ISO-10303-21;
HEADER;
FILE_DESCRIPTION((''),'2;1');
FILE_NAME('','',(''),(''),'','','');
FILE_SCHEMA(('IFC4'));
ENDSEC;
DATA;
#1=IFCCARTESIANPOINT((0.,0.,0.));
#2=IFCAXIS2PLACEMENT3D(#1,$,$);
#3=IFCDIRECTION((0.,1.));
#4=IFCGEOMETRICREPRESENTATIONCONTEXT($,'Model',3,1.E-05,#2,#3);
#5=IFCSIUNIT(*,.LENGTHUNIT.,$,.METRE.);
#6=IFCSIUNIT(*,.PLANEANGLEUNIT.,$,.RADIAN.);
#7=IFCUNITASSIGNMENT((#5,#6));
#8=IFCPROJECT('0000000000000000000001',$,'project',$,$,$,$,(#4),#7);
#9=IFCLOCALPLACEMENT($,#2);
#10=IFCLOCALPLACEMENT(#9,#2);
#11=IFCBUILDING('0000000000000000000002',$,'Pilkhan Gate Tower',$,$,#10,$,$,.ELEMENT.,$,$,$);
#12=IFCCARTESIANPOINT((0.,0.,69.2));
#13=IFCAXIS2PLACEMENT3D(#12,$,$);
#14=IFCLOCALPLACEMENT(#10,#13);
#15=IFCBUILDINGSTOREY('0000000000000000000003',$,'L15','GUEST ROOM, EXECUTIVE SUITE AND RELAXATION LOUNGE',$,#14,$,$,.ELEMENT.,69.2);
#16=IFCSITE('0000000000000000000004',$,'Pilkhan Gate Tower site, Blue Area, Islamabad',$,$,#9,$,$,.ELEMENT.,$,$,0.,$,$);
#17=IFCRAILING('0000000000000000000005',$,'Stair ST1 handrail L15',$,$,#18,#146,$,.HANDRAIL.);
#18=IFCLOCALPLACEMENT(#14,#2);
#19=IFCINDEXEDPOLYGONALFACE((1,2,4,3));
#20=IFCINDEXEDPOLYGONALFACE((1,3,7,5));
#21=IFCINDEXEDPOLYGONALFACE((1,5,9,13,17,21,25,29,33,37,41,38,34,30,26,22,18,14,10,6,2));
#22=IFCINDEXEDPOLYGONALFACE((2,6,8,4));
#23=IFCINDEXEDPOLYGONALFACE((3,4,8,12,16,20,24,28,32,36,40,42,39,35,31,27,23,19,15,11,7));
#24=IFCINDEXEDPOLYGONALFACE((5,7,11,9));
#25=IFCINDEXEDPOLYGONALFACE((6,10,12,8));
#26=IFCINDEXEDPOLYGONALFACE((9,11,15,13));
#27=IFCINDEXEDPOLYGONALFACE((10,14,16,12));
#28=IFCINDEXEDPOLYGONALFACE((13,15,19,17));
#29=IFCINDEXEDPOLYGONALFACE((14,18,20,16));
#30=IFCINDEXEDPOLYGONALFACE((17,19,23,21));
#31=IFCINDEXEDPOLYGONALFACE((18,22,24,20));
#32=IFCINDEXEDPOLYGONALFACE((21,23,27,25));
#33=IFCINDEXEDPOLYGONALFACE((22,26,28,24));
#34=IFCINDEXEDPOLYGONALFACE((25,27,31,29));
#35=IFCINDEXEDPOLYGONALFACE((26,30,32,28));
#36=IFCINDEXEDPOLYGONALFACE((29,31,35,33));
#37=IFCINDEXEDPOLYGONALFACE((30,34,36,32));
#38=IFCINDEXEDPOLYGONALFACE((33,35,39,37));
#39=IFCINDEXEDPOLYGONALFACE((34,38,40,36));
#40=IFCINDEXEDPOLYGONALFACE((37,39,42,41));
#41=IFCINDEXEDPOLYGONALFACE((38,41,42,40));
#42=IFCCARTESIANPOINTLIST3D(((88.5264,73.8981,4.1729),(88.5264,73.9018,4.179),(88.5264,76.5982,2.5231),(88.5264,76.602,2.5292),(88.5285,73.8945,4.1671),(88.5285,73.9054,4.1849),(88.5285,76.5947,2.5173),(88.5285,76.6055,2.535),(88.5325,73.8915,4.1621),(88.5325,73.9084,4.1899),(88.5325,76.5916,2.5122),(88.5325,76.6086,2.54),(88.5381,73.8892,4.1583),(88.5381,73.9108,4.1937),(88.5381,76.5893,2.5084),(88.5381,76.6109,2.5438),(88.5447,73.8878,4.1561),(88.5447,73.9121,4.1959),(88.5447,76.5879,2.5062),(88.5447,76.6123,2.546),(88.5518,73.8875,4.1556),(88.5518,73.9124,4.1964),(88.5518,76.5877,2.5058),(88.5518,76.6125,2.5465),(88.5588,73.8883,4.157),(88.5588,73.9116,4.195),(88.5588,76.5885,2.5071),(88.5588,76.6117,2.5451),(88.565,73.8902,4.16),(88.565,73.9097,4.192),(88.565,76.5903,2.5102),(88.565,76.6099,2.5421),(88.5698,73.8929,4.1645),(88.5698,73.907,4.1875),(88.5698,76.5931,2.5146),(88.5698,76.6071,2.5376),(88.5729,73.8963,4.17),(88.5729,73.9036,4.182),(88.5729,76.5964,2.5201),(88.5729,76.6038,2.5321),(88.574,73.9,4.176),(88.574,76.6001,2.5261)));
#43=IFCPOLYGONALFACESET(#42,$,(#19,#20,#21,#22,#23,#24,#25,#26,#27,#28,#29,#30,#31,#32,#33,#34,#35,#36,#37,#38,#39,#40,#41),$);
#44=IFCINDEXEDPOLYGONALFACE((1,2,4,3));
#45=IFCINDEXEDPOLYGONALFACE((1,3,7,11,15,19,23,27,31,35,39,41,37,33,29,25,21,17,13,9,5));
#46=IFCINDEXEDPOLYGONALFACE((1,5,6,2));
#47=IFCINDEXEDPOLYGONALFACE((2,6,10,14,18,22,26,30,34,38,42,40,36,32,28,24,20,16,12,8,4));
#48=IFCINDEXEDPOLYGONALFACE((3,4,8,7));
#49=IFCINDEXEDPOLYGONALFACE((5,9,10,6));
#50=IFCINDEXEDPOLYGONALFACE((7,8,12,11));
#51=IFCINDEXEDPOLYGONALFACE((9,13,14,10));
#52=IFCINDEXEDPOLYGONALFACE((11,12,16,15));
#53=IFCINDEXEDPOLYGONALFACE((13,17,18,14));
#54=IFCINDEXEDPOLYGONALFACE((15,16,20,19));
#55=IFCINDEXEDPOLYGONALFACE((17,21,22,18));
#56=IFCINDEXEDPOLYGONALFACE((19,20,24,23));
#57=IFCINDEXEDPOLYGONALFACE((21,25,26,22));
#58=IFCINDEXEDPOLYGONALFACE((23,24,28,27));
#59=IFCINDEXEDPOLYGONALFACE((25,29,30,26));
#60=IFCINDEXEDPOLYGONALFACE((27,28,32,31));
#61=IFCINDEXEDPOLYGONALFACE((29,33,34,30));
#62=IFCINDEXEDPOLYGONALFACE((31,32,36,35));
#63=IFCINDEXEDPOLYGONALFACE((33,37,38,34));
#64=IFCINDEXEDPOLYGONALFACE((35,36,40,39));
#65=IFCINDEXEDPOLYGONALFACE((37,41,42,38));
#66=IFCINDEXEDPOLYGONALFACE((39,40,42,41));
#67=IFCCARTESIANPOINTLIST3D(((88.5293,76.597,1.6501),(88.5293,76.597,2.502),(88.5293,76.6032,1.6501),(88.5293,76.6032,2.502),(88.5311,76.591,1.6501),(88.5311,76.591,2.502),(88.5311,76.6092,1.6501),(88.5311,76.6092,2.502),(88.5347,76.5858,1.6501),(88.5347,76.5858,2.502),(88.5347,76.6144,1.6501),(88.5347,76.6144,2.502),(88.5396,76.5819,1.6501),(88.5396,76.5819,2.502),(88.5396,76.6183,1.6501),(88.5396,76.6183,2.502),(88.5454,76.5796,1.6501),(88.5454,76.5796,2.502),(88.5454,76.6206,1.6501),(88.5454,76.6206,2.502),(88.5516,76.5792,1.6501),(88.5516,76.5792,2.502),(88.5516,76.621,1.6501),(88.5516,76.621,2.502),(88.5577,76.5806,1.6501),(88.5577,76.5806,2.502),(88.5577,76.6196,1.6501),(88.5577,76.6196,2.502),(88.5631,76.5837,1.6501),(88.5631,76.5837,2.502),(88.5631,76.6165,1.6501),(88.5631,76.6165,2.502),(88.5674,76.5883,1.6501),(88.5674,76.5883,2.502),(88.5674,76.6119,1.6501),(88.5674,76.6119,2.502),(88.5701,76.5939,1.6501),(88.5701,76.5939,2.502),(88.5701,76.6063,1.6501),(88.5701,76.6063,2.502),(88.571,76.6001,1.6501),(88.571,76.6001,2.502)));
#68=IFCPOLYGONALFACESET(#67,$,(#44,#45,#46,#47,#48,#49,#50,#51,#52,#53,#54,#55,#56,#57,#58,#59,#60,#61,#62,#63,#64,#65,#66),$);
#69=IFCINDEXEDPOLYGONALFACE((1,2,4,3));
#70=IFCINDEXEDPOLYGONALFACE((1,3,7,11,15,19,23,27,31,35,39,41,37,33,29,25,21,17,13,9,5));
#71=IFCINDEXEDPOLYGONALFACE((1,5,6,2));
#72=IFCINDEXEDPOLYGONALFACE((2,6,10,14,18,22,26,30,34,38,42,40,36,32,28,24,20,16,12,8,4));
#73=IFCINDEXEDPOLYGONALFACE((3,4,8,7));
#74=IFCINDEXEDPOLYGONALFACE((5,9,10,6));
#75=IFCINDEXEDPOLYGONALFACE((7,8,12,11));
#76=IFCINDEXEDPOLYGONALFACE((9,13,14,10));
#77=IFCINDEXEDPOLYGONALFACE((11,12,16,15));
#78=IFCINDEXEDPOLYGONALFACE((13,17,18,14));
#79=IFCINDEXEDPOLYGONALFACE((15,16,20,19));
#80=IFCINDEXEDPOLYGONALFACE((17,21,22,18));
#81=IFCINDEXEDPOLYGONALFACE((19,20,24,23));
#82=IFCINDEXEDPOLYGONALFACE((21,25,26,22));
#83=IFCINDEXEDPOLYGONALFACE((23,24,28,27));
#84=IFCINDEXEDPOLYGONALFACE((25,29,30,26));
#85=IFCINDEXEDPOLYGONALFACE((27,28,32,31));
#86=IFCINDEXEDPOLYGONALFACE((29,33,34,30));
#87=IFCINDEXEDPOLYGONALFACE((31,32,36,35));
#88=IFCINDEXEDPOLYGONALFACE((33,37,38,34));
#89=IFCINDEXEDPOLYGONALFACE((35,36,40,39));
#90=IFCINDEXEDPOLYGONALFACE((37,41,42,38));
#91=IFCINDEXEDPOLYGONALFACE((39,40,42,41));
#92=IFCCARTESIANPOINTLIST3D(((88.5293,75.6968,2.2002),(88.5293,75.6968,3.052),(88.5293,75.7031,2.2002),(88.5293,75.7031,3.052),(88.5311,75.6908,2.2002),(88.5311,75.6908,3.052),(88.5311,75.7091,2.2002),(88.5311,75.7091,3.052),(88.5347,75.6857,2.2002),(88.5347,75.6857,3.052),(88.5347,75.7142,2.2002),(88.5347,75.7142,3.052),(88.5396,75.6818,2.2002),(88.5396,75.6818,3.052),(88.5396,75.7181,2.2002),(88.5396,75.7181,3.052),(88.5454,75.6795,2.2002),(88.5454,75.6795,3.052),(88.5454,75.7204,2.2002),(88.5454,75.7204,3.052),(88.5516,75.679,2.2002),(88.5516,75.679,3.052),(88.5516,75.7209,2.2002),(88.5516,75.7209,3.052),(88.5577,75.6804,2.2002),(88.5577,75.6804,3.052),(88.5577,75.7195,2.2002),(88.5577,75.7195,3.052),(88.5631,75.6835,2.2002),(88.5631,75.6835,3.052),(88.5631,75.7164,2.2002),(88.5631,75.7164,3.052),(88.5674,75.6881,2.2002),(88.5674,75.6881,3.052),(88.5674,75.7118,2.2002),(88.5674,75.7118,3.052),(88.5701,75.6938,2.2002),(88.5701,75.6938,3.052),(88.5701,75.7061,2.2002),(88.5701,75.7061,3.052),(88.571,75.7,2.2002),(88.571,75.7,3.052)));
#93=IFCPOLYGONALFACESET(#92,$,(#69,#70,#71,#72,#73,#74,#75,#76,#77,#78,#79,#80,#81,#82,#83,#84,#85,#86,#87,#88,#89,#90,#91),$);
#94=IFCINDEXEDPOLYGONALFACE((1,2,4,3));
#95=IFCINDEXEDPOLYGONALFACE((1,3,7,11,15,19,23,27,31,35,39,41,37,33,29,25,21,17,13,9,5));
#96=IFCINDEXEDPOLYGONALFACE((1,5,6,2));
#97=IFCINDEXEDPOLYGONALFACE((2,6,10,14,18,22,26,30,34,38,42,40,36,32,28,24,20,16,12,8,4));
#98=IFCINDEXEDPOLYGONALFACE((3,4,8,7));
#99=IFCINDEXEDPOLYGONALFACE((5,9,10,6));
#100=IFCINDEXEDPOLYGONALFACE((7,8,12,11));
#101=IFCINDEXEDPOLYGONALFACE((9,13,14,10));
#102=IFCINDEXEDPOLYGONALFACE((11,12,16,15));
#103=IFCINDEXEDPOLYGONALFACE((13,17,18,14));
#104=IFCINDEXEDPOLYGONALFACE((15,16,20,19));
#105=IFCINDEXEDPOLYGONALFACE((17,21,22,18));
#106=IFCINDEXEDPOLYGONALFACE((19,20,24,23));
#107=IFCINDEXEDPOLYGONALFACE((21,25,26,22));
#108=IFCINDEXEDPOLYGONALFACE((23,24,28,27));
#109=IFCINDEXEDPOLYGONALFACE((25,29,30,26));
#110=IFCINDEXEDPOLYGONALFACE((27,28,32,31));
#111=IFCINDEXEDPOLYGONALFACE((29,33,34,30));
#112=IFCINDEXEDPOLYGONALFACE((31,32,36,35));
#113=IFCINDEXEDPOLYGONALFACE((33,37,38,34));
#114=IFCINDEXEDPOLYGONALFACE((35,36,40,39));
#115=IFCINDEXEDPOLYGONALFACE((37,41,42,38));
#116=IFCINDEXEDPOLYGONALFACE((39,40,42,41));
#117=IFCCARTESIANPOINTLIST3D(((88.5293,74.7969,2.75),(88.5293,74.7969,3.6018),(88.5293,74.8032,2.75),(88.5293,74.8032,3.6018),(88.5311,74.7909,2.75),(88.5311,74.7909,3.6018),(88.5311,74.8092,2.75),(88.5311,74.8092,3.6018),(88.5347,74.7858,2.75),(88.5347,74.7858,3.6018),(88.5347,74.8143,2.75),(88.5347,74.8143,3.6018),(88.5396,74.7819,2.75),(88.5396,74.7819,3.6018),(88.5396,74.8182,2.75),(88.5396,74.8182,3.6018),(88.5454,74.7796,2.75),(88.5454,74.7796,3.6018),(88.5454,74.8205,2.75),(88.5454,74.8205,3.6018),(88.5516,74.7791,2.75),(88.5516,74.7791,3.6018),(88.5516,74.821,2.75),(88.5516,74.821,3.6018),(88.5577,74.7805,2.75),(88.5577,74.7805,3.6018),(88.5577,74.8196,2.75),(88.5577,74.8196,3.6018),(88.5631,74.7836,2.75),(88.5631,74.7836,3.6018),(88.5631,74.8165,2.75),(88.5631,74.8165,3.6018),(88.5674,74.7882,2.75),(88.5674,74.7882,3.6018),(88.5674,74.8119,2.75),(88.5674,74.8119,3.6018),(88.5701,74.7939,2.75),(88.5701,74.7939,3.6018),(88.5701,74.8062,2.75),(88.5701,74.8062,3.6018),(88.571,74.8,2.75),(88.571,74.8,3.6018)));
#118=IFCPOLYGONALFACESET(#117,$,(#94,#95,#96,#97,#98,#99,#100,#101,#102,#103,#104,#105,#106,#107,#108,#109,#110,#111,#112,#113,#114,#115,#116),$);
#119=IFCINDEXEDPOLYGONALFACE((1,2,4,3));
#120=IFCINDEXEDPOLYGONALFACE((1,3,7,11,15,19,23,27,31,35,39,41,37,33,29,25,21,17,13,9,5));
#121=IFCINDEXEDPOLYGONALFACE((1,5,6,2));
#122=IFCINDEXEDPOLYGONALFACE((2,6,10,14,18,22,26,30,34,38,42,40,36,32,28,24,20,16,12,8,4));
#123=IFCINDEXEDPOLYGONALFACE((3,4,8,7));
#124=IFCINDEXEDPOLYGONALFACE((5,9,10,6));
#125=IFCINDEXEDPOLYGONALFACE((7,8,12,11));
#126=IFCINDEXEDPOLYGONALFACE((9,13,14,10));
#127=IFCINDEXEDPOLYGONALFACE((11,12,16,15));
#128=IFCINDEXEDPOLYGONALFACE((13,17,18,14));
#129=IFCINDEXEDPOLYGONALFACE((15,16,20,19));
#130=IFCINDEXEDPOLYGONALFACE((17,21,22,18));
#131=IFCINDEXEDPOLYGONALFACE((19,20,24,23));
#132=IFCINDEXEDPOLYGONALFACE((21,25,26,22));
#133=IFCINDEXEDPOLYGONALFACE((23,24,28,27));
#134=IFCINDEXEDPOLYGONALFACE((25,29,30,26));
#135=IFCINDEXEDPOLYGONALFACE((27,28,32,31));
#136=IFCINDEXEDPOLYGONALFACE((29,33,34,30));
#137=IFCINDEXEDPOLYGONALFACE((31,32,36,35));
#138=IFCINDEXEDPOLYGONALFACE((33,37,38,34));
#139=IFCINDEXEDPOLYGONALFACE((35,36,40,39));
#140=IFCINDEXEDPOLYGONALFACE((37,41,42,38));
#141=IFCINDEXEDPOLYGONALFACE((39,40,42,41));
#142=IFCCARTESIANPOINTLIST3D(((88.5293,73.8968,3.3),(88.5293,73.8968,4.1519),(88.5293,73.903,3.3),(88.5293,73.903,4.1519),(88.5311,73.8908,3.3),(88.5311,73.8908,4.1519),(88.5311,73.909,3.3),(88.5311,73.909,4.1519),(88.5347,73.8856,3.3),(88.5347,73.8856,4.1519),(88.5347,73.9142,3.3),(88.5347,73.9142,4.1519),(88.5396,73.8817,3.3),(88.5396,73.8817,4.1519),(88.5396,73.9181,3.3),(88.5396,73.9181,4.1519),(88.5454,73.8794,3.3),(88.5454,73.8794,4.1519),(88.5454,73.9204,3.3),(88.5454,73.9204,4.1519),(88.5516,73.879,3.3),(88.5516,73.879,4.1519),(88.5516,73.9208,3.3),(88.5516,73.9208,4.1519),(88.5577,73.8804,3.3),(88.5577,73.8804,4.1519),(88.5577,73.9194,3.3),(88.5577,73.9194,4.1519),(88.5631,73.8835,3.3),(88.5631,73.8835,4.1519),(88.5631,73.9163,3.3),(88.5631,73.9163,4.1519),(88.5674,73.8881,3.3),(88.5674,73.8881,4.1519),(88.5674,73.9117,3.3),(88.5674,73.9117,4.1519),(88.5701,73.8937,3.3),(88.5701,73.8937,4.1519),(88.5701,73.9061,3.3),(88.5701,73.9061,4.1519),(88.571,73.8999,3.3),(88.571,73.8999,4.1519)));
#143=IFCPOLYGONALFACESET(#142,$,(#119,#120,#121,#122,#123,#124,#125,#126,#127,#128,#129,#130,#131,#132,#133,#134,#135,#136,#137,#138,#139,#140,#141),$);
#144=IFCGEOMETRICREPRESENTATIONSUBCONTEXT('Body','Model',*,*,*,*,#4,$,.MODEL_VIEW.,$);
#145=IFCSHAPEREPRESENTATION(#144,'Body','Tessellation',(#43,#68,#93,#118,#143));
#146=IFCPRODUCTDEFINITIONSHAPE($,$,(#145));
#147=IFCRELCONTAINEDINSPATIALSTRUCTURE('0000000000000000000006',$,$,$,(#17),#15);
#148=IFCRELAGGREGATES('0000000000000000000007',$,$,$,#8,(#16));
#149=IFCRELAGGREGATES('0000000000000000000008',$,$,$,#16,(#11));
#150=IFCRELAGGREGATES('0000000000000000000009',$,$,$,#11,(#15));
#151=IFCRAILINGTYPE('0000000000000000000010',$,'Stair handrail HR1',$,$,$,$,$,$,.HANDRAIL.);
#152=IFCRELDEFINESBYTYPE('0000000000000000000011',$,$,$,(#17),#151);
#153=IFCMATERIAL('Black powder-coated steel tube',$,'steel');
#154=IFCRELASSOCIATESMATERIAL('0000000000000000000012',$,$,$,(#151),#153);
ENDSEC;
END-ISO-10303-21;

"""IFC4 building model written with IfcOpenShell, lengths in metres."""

from ifc_helpers import new_model, si_unit, direction, frame, origin, origin_2d, place, context, subcontext, project, spatial, circle, extrude, material, type_object, element, save


model = new_model("IFC4")

# Units and contexts
model_context = context("Model", 3, precision=1e-05, world=origin(), true_north=direction((0.0, 1.0)))
body_context = subcontext(model_context, "Body", "Model", "MODEL_VIEW")
ifc_project = project(units=[si_unit("LENGTHUNIT", "METRE"), si_unit("PLANEANGLEUNIT", "RADIAN")], contexts=[model_context])

# Site, building, storey
site_placement = place(None, origin())
site = spatial("IfcSite", under=ifc_project, at=site_placement, Name="Pilkhan Gate Tower site, Blue Area, Islamabad", CompositionType="ELEMENT", RefElevation=0.0)
building_placement = place(site_placement, origin())
building = spatial("IfcBuilding", under=site, at=building_placement, Name="Pilkhan Gate Tower", CompositionType="ELEMENT")
storey_placement = place(building_placement, frame((0.0, 0.0, 69.2)))
storey = spatial("IfcBuildingStorey", under=building, at=storey_placement, Name="L15", Description="GUEST ROOM, EXECUTIVE SUITE AND RELAXATION LOUNGE", CompositionType="ELEMENT", Elevation=69.2)

# Railing
ifc_material_1 = material(Name="Black powder-coated steel tube", Category="steel")
railing_type_1 = type_object("IfcRailingType", Name="Stair handrail HR1", PredefinedType="HANDRAIL", material=ifc_material_1)
railing_1_placement = place(storey_placement, frame((88.55, 76.6001, 1.6501)))
element("IfcRailing", 1, at=railing_1_placement, inside=storey, type_object=railing_type_1, Name="Stair ST1 handrail L15", PredefinedType="HANDRAIL", context=body_context, shape_type="SweptSolid", body=[
    extrude(circle(Radius=0.0239, at=origin_2d()), frame((0.0, 0.0, 0.876), z_axis=(0.0, -0.853312, 0.5214), x_axis=(1.0, 0.0, 0.0)), (0.0, 0.0, 1.0), 3.1643),
    extrude(circle(Radius=0.021, at=origin_2d()), origin(), (0.0, 0.0, 1.0), 0.8518),
    extrude(circle(Radius=0.021, at=origin_2d()), frame((0.0, -0.9001, 0.55)), (0.0, 0.0, 1.0), 0.8518),
    extrude(circle(Radius=0.021, at=origin_2d()), frame((0.0, -1.8, 1.0999)), (0.0, 0.0, 1.0), 0.8518),
    extrude(circle(Radius=0.021, at=origin_2d()), frame((0.0, -2.7002, 1.6499)), (0.0, 0.0, 1.0), 0.8518),
])

save(model, "model.ifc")
